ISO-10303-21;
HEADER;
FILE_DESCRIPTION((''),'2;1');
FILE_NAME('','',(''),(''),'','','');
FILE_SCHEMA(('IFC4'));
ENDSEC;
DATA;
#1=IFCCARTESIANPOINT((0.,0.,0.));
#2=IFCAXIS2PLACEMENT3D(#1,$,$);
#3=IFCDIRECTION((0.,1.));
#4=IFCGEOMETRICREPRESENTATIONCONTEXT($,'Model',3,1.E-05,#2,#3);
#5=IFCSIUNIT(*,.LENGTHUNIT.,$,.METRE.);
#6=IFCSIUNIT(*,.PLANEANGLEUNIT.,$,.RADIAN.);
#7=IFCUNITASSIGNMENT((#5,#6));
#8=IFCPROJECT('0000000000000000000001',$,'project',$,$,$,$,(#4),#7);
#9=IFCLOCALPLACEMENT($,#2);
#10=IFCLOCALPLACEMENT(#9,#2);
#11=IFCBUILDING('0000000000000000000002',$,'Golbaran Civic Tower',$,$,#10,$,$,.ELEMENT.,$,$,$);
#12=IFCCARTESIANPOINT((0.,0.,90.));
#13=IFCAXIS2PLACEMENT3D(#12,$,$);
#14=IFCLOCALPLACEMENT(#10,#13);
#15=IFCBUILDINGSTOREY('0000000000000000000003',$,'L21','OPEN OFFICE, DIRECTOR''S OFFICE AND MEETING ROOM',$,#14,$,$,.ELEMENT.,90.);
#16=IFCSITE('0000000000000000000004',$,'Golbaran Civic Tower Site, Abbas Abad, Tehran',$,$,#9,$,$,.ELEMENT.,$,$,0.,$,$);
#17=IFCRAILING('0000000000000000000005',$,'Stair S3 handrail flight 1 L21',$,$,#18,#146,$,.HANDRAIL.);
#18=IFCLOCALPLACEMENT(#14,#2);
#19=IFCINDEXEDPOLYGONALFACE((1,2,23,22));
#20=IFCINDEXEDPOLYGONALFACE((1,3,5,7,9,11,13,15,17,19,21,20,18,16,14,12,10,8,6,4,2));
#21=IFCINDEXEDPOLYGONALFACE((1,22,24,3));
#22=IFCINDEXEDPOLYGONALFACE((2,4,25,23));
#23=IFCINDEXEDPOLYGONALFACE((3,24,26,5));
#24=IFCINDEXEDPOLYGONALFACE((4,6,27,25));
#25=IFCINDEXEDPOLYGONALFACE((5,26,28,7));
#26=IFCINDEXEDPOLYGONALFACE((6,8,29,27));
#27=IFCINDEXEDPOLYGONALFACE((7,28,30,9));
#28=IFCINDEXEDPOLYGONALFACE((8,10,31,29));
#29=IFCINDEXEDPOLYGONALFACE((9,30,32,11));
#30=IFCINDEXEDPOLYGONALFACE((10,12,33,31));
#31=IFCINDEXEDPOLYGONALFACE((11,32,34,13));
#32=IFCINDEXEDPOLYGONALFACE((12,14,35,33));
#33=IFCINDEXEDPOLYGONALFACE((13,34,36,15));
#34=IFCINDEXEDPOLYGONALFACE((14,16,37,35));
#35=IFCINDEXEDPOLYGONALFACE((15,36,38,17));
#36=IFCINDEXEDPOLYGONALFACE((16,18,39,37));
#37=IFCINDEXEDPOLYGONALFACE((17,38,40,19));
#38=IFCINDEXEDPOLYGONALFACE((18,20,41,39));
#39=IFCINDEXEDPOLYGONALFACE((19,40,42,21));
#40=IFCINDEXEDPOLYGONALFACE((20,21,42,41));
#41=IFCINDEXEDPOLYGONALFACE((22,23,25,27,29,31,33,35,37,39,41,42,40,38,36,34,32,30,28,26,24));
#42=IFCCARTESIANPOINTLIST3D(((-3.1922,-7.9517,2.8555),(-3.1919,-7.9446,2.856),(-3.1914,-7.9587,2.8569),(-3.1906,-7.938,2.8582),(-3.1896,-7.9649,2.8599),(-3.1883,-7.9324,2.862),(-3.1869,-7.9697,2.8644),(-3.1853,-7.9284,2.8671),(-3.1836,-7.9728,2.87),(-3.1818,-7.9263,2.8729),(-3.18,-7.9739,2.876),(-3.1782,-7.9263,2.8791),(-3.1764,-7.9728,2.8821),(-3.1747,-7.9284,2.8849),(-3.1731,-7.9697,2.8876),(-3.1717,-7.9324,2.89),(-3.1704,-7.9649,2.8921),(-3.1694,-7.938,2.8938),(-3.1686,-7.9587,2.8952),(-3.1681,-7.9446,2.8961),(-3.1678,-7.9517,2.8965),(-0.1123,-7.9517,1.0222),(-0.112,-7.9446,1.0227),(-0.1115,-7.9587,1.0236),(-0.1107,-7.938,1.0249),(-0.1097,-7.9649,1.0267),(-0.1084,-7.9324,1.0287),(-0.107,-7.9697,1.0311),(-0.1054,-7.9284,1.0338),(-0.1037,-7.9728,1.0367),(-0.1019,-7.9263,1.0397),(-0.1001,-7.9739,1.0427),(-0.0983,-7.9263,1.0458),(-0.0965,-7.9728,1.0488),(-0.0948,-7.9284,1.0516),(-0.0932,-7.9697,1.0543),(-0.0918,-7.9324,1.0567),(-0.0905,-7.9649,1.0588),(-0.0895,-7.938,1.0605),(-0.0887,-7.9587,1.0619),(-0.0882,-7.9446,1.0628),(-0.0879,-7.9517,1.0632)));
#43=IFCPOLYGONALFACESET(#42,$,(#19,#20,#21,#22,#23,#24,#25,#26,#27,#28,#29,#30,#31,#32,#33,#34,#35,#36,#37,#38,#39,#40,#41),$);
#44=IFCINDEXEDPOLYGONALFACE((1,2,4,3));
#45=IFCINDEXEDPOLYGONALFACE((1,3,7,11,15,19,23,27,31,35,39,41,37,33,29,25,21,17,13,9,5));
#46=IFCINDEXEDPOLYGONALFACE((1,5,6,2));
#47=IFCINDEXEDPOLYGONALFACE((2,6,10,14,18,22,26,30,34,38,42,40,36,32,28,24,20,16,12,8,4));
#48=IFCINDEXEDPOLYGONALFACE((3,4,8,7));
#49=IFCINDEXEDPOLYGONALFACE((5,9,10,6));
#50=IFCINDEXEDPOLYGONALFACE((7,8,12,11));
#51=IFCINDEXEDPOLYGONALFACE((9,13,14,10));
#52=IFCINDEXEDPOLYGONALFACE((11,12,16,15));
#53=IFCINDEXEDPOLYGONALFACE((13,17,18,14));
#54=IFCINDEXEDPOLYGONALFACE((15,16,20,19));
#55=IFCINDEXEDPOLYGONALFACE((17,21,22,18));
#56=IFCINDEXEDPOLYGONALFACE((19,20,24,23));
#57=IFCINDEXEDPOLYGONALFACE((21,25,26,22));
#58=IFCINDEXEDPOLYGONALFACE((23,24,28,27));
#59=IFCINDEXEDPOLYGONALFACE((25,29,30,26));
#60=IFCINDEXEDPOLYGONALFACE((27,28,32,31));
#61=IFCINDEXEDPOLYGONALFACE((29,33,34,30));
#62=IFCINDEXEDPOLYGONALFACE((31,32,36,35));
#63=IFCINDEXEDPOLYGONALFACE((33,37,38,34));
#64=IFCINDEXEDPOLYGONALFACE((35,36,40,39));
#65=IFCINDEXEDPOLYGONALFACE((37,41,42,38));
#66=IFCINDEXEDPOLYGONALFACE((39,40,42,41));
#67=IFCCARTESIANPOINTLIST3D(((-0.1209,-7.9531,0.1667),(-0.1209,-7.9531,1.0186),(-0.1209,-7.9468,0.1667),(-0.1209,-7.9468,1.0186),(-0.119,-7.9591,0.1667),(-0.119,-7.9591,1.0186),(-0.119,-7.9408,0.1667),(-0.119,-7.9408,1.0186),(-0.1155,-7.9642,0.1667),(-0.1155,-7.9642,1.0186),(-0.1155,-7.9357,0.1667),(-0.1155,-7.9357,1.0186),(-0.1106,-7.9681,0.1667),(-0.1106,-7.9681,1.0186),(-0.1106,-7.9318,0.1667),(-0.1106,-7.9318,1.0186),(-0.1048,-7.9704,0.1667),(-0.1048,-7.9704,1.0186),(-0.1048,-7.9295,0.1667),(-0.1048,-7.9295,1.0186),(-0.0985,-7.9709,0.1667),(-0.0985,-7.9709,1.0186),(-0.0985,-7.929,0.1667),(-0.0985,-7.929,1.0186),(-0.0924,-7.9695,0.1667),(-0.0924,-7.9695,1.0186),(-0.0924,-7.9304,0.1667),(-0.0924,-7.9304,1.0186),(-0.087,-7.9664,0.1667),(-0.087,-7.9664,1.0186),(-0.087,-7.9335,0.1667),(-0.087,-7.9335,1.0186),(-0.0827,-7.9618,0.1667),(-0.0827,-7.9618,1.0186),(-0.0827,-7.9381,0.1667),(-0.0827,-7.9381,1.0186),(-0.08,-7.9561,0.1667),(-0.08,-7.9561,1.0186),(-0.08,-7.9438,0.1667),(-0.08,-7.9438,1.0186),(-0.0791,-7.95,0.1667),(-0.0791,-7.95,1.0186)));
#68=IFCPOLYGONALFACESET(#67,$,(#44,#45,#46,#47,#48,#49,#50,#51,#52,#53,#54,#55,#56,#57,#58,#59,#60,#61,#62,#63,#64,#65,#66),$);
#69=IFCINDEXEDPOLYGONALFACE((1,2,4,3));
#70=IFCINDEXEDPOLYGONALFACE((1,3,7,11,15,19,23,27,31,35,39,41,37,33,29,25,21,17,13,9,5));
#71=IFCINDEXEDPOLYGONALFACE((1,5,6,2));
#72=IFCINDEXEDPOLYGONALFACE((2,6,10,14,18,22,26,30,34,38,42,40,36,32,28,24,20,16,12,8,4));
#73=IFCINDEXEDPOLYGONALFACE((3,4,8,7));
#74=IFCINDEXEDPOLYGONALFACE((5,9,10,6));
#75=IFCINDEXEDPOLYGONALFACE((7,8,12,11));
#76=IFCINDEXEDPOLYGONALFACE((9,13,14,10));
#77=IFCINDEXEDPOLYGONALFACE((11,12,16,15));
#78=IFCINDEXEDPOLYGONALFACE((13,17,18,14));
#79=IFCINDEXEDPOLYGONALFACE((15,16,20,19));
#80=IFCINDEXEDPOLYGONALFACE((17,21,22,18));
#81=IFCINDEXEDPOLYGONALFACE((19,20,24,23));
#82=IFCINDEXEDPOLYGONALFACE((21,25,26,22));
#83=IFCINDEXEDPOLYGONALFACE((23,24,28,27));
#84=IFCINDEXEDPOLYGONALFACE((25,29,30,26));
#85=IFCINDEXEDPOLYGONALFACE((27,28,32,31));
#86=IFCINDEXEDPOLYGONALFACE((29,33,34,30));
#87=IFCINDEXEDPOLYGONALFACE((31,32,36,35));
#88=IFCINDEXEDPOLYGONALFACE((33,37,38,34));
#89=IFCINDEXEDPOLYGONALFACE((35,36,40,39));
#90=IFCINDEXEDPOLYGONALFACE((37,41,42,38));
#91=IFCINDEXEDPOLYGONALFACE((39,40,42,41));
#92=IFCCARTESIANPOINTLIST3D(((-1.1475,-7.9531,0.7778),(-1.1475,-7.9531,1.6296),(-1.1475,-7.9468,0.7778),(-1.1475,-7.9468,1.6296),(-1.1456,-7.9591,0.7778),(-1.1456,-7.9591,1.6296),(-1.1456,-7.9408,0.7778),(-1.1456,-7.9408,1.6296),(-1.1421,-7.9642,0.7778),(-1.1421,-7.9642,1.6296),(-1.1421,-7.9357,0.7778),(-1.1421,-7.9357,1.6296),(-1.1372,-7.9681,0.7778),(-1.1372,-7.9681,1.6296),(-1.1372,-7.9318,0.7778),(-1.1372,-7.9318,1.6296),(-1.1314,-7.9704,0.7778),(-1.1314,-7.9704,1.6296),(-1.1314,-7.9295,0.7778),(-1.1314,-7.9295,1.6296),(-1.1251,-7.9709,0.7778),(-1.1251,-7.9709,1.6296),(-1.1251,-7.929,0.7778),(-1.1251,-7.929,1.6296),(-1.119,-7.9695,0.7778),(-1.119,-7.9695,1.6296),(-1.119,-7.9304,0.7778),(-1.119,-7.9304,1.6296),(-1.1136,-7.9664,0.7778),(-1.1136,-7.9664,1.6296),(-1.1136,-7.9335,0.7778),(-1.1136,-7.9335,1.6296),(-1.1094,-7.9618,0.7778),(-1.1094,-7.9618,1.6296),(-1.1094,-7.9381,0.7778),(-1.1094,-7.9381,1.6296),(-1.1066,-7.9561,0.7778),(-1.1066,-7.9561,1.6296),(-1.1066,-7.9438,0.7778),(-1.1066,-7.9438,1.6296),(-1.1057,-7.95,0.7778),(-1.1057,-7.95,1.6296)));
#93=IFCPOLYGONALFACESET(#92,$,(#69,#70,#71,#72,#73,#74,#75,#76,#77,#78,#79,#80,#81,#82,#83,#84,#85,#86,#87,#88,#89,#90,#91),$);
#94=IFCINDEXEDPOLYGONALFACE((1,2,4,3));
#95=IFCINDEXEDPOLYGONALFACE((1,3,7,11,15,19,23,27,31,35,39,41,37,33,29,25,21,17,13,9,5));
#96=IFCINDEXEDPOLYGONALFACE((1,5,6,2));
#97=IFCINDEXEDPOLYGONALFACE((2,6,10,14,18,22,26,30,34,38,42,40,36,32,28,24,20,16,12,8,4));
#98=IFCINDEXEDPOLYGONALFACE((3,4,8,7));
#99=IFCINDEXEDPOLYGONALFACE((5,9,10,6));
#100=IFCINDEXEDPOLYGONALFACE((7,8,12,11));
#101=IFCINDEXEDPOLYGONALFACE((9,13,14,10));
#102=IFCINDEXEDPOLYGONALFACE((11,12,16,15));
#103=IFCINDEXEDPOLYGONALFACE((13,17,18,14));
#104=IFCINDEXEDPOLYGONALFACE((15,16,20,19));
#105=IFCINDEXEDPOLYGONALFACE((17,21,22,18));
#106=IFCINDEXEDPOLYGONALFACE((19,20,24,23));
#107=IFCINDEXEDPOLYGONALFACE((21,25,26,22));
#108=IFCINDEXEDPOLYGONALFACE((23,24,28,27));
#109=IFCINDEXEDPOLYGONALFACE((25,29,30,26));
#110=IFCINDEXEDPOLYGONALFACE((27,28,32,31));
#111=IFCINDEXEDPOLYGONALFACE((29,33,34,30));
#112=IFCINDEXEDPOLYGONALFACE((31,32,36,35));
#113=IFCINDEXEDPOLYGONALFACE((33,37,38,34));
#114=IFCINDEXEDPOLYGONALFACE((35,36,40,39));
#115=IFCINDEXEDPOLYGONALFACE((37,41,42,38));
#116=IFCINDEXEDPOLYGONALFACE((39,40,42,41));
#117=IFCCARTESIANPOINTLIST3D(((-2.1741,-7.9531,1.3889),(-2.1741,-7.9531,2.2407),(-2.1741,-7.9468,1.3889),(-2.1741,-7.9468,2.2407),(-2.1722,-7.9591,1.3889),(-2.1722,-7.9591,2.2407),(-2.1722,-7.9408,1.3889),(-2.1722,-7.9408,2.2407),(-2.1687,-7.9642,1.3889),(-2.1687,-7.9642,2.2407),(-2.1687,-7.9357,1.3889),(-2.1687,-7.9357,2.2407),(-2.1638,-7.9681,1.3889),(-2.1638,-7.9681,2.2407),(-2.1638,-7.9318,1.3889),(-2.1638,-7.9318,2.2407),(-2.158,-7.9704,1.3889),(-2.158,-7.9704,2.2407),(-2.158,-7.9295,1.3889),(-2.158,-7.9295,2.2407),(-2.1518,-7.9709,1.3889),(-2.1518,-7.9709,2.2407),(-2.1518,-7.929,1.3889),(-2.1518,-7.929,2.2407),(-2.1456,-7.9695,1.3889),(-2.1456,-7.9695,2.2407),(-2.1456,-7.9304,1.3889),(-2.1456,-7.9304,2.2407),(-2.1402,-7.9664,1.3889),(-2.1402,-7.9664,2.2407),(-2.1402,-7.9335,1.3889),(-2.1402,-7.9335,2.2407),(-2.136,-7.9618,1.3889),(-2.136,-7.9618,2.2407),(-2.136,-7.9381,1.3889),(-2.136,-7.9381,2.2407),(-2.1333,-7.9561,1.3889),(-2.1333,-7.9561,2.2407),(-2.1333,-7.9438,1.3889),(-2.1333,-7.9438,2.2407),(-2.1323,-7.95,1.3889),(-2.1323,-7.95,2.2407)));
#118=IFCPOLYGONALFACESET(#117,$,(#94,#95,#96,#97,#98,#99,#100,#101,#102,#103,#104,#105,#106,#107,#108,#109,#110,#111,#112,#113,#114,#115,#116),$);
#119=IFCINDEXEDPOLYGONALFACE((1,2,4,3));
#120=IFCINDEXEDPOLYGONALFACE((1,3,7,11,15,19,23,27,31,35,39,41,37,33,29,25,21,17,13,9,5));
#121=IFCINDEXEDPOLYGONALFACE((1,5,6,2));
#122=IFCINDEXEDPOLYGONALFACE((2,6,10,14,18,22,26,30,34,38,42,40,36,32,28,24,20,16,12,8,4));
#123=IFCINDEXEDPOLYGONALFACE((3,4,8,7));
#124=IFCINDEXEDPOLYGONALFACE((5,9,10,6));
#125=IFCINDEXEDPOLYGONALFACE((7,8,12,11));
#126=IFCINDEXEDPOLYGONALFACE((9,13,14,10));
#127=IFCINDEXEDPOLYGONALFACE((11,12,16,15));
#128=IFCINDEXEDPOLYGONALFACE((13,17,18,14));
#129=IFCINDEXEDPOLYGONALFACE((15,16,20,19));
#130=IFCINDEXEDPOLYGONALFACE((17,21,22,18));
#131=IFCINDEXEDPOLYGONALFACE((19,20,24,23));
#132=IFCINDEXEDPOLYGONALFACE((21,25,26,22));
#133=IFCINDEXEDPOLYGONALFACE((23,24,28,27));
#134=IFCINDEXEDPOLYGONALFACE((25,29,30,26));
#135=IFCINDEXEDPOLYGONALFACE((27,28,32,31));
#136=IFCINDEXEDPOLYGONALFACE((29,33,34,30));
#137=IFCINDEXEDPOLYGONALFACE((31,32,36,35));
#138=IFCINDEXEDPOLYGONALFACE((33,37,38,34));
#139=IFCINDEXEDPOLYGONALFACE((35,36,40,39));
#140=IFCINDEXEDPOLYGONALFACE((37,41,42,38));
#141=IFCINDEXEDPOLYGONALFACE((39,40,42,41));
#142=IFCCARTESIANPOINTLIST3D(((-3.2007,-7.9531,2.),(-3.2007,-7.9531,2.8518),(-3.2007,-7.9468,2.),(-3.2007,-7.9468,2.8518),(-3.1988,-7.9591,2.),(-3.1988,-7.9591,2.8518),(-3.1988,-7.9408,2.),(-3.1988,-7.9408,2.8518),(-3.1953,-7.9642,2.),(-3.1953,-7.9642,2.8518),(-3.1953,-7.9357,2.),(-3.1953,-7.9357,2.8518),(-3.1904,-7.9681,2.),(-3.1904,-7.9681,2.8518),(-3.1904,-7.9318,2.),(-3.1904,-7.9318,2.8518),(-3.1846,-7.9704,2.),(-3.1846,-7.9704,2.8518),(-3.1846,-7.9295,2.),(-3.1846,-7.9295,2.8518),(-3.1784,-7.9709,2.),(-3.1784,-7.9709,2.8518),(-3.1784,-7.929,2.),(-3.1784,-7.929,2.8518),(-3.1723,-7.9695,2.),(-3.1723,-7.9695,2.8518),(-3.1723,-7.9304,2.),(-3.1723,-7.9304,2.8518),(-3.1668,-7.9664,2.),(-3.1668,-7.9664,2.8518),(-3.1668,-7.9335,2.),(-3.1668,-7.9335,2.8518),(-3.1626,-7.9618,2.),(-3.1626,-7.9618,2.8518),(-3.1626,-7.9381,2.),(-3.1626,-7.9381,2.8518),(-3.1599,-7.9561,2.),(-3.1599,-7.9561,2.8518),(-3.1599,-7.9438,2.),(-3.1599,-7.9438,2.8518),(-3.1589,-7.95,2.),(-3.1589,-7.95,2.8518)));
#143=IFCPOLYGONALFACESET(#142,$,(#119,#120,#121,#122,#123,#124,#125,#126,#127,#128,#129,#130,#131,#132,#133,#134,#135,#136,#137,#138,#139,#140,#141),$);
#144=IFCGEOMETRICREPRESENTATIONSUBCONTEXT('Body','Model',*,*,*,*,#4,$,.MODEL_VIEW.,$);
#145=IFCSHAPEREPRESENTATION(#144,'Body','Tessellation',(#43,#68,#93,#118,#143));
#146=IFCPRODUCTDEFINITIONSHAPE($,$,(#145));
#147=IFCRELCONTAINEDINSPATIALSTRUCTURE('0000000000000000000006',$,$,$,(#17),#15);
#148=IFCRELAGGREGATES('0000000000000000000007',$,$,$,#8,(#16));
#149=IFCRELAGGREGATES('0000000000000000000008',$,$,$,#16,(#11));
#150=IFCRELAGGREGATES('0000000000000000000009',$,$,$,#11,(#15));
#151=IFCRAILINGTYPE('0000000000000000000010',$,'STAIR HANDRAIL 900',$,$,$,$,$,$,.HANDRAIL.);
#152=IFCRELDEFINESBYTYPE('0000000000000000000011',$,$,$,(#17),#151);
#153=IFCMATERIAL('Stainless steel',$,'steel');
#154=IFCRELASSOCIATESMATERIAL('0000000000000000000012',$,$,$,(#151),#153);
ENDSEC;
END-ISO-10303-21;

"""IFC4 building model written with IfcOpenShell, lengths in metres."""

from ifc_helpers import new_model, si_unit, direction, frame, origin, origin_2d, place, context, subcontext, project, spatial, circle, extrude, material, type_object, element, save


model = new_model("IFC4")

# Units and contexts
model_context = context("Model", 3, precision=1e-05, world=origin(), true_north=direction((0.0, 1.0)))
body_context = subcontext(model_context, "Body", "Model", "MODEL_VIEW")
ifc_project = project(units=[si_unit("LENGTHUNIT", "METRE"), si_unit("PLANEANGLEUNIT", "RADIAN")], contexts=[model_context])

# Site, building, storey
site_placement = place(None, origin())
site = spatial("IfcSite", under=ifc_project, at=site_placement, Name="Golbaran Civic Tower Site, Abbas Abad, Tehran", CompositionType="ELEMENT", RefElevation=0.0)
building_placement = place(site_placement, origin())
building = spatial("IfcBuilding", under=site, at=building_placement, Name="Golbaran Civic Tower", CompositionType="ELEMENT")
storey_placement = place(building_placement, frame((0.0, 0.0, 90.0)))
storey = spatial("IfcBuildingStorey", under=building, at=storey_placement, Name="L21", Description="OPEN OFFICE, DIRECTOR'S OFFICE AND MEETING ROOM", CompositionType="ELEMENT", Elevation=90.0)

# Railing
ifc_material_1 = material(Name="Stainless steel", Category="steel")
railing_type = type_object("IfcRailingType", Name="STAIR HANDRAIL 900", PredefinedType="HANDRAIL", material=ifc_material_1)
railing_1_placement = place(storey_placement, frame((-0.1001, -7.95, 0.1667)))
element("IfcRailing", 1, at=railing_1_placement, inside=storey, type_object=railing_type, Name="Stair S3 handrail flight 1 L21", PredefinedType="HANDRAIL", context=body_context, shape_type="SweptSolid", body=[
    extrude(circle(Radius=0.0239, at=origin_2d()), frame((0.0, 0.0, 0.876), z_axis=(-0.859291, 0.0, 0.511487), x_axis=(0.0, -1.0, 0.0)), (0.0, 0.0, 1.0), 3.5842),
    extrude(circle(Radius=0.021, at=origin_2d()), origin(), (0.0, 0.0, 1.0), 0.8518),
    extrude(circle(Radius=0.021, at=origin_2d()), frame((-1.0266, 0.0, 0.6111)), (0.0, 0.0, 1.0), 0.8518),
    extrude(circle(Radius=0.021, at=origin_2d()), frame((-2.0532, 0.0, 1.2222)), (0.0, 0.0, 1.0), 0.8518),
    extrude(circle(Radius=0.021, at=origin_2d()), frame((-3.0798, 0.0, 1.8333)), (0.0, 0.0, 1.0), 0.8518),
])

save(model, "model.ifc")
